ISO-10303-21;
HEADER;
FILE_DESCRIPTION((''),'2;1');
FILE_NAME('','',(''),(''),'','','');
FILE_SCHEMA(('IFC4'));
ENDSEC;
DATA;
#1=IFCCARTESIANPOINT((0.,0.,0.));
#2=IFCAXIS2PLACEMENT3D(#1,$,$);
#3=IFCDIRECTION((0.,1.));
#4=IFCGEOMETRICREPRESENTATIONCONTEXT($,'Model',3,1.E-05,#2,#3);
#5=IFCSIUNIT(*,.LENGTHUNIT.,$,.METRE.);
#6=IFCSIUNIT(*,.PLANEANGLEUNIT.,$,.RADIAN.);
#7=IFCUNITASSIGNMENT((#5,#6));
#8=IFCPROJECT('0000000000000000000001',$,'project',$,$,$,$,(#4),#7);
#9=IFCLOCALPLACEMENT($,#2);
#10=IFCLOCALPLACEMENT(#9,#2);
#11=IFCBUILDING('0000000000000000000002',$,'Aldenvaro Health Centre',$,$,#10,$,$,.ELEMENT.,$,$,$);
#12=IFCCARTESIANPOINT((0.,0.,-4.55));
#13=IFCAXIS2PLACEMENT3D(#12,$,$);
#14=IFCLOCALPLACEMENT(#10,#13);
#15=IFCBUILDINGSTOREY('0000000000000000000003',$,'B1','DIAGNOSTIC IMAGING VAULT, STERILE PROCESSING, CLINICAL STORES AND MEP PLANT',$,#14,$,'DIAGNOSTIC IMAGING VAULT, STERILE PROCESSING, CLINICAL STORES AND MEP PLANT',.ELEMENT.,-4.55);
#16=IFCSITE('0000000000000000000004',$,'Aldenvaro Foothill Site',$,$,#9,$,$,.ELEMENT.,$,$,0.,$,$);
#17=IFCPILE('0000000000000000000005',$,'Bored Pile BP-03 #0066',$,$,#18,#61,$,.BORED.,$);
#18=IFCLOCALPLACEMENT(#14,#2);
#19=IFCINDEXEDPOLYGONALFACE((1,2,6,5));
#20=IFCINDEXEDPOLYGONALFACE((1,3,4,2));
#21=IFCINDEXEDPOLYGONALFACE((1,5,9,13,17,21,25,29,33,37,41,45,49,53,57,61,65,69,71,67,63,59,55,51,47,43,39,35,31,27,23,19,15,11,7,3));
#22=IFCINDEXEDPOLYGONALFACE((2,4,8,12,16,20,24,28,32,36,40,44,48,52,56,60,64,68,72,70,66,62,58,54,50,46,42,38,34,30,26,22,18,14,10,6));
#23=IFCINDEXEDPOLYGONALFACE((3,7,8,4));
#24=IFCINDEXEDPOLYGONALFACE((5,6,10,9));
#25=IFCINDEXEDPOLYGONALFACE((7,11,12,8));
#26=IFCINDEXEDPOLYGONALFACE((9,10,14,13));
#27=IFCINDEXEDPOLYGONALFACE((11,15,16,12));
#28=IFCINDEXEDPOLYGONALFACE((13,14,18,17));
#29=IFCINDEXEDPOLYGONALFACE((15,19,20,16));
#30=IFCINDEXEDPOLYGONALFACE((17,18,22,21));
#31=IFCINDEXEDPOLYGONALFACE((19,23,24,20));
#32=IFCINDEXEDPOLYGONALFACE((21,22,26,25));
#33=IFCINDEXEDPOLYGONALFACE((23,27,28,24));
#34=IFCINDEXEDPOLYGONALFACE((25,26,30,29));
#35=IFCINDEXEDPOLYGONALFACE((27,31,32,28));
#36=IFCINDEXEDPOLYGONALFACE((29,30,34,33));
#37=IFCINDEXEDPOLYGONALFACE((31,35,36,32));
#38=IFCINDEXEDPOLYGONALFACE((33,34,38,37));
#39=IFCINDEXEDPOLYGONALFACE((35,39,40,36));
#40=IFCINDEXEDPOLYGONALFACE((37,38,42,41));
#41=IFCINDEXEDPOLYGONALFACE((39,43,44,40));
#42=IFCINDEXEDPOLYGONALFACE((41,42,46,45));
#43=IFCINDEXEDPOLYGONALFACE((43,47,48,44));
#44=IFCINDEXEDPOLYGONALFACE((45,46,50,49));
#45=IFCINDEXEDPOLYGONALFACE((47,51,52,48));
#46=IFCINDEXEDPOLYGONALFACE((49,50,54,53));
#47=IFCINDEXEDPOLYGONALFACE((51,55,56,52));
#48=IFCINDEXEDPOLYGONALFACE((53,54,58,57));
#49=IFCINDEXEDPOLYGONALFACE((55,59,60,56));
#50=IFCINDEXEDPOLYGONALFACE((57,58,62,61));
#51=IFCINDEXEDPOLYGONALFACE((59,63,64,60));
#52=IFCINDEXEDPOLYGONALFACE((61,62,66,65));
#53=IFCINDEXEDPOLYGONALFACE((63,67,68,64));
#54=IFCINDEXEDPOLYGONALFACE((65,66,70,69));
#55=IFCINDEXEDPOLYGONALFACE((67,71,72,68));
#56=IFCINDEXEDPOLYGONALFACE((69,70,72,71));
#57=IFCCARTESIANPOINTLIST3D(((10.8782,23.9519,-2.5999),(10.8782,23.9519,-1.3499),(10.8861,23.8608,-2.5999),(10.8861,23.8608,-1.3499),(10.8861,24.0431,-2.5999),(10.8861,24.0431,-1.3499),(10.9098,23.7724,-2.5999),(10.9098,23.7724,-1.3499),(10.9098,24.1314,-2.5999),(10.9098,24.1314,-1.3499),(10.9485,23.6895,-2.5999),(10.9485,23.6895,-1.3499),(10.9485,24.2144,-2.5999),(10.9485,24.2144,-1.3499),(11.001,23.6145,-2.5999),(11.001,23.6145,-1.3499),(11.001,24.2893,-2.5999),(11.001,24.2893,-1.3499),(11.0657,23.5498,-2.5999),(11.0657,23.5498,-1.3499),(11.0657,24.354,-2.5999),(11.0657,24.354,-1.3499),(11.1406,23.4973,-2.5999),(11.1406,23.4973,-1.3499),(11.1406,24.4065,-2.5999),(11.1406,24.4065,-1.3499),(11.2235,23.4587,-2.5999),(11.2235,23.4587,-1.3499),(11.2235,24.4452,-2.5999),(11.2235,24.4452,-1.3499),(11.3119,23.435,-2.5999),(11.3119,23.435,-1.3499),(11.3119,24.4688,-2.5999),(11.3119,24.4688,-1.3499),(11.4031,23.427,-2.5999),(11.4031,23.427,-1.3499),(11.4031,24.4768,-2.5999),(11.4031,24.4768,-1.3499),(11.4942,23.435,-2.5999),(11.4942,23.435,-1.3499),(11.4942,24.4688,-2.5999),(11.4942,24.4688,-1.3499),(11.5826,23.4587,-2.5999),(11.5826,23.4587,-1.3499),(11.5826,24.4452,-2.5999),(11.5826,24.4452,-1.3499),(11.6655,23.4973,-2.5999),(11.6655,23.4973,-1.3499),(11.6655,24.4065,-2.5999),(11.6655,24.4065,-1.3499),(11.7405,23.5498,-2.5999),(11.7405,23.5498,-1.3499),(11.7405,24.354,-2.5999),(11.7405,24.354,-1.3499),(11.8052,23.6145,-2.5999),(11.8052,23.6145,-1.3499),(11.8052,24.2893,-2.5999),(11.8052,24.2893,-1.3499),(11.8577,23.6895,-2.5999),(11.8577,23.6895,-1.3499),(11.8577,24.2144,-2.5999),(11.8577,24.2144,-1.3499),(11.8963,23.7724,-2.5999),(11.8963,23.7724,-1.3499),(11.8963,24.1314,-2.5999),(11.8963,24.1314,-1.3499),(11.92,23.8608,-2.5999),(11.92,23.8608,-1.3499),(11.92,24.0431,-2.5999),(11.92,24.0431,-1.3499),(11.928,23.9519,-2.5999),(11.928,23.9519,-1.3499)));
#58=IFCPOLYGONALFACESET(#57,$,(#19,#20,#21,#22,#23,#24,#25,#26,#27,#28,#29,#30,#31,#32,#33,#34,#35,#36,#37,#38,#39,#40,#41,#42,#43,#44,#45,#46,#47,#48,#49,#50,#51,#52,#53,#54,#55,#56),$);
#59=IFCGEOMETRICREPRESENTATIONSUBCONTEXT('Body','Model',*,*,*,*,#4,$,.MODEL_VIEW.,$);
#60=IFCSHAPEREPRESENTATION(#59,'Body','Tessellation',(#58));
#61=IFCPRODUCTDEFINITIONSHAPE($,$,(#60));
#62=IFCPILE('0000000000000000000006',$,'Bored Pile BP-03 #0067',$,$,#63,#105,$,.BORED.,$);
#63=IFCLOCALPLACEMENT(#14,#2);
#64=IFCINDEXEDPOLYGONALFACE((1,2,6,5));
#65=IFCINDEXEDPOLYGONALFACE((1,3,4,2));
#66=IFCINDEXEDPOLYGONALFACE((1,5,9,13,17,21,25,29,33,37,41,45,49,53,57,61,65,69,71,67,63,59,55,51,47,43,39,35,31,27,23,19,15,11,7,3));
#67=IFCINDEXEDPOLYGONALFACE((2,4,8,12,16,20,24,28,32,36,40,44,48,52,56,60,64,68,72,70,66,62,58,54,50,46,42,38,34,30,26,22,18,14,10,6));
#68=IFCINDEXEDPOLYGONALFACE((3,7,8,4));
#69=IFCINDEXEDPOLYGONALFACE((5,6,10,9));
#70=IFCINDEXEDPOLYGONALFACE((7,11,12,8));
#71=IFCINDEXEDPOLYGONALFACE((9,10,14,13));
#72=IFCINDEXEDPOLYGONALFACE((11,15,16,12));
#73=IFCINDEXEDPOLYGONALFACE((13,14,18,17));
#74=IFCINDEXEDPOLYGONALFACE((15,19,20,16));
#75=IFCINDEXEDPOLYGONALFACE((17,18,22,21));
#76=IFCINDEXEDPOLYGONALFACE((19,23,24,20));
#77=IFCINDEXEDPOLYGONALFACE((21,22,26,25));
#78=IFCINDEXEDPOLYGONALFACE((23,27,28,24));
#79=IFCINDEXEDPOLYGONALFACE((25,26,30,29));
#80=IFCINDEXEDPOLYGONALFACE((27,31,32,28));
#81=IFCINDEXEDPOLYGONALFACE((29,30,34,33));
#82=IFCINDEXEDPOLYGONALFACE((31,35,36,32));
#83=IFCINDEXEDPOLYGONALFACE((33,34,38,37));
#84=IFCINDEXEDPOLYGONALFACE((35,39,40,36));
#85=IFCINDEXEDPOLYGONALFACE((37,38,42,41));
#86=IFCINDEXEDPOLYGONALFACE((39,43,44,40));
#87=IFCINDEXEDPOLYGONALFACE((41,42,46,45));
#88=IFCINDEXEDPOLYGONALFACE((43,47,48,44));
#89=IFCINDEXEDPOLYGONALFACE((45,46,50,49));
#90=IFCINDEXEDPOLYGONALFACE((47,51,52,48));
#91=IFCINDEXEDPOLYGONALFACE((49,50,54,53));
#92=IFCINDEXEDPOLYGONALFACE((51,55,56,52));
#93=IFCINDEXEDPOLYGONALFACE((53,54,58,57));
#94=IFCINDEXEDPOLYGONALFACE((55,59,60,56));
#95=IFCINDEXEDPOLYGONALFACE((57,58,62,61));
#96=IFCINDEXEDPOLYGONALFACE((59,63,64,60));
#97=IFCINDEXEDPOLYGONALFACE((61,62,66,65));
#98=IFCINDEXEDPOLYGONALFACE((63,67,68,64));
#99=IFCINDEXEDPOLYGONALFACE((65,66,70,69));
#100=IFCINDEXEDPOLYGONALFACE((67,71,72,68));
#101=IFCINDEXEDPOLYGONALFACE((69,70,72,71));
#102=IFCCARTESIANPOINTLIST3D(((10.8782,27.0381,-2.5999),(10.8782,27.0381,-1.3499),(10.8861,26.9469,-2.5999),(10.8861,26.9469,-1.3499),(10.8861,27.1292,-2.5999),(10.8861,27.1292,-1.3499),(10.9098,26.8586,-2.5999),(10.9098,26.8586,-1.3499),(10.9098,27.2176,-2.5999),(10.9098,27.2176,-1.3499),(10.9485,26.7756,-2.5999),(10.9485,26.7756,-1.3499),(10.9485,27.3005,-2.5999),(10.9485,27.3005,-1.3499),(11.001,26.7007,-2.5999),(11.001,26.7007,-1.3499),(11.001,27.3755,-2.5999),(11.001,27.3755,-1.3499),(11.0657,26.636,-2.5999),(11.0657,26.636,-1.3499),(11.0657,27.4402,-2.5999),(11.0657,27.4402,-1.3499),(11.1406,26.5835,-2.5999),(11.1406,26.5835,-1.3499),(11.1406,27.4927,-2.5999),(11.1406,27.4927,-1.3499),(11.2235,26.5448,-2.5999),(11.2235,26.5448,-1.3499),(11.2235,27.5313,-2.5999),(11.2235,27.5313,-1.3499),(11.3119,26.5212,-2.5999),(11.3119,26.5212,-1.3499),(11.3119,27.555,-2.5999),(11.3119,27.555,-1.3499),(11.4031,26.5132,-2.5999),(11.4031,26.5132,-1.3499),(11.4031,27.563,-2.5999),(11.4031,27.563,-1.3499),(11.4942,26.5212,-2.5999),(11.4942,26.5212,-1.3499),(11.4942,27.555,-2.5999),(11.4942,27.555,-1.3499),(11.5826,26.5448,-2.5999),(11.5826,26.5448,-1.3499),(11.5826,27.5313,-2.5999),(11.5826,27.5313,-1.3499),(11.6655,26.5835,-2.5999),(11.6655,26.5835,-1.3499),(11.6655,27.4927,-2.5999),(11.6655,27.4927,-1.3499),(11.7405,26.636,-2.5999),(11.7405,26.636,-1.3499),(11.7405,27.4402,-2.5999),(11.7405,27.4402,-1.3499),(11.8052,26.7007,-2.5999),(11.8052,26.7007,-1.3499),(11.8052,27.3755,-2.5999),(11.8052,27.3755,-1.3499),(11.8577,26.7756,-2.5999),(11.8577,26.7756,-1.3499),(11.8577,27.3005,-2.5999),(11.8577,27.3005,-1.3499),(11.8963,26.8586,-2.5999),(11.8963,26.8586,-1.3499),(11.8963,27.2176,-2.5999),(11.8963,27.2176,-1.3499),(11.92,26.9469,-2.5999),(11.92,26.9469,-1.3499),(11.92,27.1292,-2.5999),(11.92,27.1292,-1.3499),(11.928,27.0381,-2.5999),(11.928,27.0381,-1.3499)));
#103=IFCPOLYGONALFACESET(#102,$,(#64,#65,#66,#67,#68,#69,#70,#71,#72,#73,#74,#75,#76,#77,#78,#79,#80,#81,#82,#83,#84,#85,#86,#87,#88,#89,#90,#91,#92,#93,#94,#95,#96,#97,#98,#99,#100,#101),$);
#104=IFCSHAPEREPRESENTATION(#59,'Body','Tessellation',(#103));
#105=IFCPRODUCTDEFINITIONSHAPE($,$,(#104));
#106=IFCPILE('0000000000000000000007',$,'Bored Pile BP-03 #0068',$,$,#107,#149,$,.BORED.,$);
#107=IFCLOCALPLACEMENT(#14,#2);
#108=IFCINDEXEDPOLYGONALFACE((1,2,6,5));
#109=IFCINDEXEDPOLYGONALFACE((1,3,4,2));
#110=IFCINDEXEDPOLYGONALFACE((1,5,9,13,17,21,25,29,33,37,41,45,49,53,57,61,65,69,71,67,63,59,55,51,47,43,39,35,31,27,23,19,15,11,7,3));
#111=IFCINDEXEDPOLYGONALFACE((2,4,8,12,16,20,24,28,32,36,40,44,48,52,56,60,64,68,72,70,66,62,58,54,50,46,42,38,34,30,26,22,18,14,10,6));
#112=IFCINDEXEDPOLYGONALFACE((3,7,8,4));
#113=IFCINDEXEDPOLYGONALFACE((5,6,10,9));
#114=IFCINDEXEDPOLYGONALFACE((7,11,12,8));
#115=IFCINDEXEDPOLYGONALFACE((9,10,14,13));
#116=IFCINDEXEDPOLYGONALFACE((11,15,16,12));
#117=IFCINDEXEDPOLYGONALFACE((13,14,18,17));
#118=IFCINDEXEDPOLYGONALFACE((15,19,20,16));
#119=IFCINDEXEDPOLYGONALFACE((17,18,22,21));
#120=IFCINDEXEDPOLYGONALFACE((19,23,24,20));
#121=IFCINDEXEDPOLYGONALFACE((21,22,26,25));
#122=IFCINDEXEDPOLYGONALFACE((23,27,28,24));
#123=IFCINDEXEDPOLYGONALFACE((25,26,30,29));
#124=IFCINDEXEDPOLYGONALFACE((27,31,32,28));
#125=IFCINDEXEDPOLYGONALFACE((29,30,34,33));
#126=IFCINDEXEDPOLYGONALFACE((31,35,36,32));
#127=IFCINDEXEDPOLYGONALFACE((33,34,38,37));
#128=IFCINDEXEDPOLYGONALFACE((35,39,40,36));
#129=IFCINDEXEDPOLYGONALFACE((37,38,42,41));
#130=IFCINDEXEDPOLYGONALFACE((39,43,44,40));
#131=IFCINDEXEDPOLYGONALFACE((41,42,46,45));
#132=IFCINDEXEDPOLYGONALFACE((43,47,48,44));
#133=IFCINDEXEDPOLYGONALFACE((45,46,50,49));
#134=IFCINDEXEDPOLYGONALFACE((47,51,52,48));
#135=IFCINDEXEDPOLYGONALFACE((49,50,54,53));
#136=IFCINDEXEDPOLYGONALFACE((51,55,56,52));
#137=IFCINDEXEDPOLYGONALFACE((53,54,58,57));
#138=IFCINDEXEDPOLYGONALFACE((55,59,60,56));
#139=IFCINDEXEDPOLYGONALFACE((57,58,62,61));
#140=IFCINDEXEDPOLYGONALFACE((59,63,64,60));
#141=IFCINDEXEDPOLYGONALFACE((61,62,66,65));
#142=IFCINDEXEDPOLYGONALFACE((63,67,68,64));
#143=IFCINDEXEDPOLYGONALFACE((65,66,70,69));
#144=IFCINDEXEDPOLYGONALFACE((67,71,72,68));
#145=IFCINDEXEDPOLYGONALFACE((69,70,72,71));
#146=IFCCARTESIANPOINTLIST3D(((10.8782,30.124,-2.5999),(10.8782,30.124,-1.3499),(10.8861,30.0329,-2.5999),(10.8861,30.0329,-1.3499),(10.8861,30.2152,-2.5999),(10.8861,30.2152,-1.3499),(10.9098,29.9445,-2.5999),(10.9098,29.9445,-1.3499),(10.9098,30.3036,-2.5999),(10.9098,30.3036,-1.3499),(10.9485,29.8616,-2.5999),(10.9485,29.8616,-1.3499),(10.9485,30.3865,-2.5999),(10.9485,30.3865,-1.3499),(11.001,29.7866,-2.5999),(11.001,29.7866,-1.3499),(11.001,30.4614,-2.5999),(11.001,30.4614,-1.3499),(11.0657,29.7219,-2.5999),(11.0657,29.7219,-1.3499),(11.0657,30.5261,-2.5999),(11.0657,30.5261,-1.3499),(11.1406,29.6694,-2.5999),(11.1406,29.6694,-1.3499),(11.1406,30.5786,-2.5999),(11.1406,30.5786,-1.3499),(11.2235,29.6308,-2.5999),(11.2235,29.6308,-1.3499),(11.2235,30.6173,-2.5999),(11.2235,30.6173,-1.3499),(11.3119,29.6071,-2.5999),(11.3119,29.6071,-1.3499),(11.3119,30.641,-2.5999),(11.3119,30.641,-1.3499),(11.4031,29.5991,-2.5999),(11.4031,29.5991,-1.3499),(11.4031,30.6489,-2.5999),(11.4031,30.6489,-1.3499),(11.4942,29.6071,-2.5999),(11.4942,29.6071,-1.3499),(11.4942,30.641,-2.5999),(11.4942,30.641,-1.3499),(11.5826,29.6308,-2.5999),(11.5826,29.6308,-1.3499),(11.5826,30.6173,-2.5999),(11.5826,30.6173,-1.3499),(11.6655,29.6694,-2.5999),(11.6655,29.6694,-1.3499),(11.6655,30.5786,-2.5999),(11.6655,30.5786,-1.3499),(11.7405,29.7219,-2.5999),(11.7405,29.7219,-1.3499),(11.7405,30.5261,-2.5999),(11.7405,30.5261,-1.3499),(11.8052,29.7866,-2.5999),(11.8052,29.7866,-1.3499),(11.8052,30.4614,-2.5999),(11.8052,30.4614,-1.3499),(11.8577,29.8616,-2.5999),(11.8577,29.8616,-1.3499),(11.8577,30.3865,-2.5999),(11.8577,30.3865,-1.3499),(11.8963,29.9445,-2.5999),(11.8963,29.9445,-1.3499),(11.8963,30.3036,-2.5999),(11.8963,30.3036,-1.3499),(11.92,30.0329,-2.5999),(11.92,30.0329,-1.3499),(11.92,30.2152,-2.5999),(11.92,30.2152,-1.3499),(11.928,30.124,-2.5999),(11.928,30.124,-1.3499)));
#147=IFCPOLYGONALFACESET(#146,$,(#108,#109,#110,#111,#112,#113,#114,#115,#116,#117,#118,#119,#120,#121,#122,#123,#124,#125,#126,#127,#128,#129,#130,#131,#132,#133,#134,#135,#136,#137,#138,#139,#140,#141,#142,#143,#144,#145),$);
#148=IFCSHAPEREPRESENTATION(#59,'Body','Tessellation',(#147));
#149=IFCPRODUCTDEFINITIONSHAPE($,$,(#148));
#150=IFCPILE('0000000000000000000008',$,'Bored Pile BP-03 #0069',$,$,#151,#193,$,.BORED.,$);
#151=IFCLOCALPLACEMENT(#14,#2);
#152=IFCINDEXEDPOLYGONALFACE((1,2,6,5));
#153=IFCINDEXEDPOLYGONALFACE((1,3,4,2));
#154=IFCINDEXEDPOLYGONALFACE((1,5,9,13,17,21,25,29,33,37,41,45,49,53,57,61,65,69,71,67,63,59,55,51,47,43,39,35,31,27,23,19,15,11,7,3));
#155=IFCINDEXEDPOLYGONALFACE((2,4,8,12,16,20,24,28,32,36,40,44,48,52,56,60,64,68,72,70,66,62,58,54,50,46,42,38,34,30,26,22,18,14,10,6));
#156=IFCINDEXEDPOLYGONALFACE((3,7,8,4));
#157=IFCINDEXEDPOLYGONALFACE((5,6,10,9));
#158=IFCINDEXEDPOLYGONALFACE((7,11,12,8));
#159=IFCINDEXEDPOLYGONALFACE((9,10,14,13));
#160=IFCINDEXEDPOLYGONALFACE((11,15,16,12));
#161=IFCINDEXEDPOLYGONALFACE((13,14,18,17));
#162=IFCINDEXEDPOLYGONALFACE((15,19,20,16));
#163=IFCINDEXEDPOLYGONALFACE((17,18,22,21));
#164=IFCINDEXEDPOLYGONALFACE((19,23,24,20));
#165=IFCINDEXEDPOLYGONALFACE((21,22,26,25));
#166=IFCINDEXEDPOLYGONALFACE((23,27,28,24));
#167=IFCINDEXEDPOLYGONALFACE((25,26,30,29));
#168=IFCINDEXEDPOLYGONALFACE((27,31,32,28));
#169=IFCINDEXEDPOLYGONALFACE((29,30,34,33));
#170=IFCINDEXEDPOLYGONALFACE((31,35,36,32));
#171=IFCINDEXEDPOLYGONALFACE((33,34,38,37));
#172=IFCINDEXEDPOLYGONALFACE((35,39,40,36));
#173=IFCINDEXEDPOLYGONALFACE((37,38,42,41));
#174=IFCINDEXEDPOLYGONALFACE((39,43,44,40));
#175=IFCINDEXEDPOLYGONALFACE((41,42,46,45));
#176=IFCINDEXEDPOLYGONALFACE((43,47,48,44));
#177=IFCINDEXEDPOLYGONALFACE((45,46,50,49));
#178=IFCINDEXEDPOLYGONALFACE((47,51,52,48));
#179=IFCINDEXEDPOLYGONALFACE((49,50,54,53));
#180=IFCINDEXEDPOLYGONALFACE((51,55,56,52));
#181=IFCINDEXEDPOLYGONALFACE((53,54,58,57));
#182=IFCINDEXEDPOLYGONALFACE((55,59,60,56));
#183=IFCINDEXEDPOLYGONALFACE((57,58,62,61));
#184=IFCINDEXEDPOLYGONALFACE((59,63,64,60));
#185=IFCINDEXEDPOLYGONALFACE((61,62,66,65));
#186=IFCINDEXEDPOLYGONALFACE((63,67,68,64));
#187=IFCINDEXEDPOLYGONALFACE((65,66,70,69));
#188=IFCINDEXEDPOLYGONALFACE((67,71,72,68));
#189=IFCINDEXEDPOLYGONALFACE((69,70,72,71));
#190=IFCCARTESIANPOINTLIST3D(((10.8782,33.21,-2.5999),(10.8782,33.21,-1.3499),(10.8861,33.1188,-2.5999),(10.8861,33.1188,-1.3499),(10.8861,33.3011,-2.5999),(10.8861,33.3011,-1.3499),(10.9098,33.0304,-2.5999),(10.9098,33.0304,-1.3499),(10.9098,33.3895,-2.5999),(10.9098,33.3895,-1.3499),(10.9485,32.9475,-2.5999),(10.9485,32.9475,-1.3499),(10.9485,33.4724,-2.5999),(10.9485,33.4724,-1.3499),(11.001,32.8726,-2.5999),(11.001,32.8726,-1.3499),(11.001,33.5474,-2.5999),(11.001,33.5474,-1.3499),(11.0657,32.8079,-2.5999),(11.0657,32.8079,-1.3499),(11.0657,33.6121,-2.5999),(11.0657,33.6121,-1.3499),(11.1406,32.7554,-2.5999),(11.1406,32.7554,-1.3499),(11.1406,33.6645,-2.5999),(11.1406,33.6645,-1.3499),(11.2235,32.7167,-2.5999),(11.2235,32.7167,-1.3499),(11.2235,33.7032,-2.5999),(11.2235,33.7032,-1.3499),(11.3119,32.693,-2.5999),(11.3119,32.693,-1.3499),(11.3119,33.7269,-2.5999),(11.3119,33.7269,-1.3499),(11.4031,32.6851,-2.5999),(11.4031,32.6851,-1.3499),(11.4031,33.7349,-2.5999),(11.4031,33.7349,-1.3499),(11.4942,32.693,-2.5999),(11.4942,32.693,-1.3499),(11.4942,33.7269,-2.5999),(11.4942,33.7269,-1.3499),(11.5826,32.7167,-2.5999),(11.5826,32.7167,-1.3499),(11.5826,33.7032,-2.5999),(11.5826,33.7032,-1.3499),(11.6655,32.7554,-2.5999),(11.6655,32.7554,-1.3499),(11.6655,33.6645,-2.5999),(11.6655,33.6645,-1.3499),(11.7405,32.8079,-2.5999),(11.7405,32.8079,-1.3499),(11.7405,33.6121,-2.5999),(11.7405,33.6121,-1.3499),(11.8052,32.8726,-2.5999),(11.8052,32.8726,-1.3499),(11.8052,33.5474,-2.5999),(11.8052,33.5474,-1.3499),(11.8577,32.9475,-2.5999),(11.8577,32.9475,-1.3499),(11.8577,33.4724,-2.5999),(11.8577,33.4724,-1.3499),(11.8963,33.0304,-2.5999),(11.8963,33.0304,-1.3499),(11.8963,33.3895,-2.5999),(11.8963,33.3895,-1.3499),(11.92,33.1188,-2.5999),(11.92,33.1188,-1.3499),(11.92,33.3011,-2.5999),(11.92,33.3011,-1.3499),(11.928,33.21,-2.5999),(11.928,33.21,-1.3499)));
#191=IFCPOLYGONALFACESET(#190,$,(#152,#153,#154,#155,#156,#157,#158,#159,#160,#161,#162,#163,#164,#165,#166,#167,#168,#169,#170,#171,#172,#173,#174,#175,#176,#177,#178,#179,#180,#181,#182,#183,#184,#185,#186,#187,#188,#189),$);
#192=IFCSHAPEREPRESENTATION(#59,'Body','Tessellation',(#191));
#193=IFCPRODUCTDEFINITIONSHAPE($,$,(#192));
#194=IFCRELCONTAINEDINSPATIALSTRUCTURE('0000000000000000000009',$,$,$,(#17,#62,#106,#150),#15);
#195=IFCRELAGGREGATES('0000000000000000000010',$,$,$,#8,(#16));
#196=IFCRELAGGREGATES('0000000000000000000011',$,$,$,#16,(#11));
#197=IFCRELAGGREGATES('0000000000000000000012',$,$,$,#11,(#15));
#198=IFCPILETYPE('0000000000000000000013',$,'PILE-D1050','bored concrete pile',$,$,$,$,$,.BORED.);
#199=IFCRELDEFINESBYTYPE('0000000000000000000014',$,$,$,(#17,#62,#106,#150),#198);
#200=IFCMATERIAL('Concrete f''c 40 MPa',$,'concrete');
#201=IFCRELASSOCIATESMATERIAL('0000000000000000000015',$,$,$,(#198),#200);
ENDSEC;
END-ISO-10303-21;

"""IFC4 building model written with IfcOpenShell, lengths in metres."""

from ifc_helpers import new_model, si_unit, direction, frame, origin, origin_2d, place, context, subcontext, project, spatial, circle, extrude, material, material_profile, profile_set, type_object, element, save


model = new_model("IFC4")

# Units and contexts
model_context = context("Model", 3, precision=1e-05, world=origin(), true_north=direction((0.0, 1.0)))
body_context = subcontext(model_context, "Body", "Model", "MODEL_VIEW")
ifc_project = project(units=[si_unit("LENGTHUNIT", "METRE"), si_unit("PLANEANGLEUNIT", "RADIAN")], contexts=[model_context])

# Site, building, storey
site_placement = place(None, origin())
site = spatial("IfcSite", under=ifc_project, at=site_placement, Name="Aldenvaro Foothill Site", CompositionType="ELEMENT", RefElevation=0.0)
building_placement = place(site_placement, origin())
building = spatial("IfcBuilding", under=site, at=building_placement, Name="Aldenvaro Health Centre", CompositionType="ELEMENT")
storey_placement = place(building_placement, frame((0.0, 0.0, -4.55)))
storey = spatial("IfcBuildingStorey", under=building, at=storey_placement, Name="B1", Description="DIAGNOSTIC IMAGING VAULT, STERILE PROCESSING, CLINICAL STORES AND MEP PLANT", LongName="DIAGNOSTIC IMAGING VAULT, STERILE PROCESSING, CLINICAL STORES AND MEP PLANT", CompositionType="ELEMENT", Elevation=-4.55)

# Piles
ifc_material_1 = material(Name="Concrete f'c 40 MPa", Category="concrete")
ifc_material_profile_1 = material_profile(ifc_material_1, circle(Radius=0.5249, at=origin_2d()), Name="PILE D1050", Category="concrete")
ifc_profile_set_1 = profile_set([ifc_material_profile_1], Name="Concrete f'c 40 MPa")
pile_type = type_object("IfcPileType", Name="PILE-D1050", Description="bored concrete pile", PredefinedType="BORED", material=ifc_profile_set_1)
for number, where, z_axis, x_axis, name in (
    (1, (11.4031, 23.9519, -1.3499), (0.0, 0.0, -1.0), (1.0, 0.0, 0.0), "Bored Pile BP-03 #0066"),
    (2, (11.4031, 27.0381, -1.3499), (0.0, 0.0, -1.0), (1.0, 0.0, 0.0), "Bored Pile BP-03 #0067"),
    (3, (11.4031, 30.124, -1.3499), (0.0, 0.0, -1.0), (1.0, 0.0, 0.0), "Bored Pile BP-03 #0068"),
    (4, (11.4031, 33.21, -1.3499), (0.0, 0.0, -1.0), (1.0, 0.0, 0.0), "Bored Pile BP-03 #0069"),
):
    element("IfcPile", number, at=place(storey_placement, frame(where, z_axis=z_axis, x_axis=x_axis)), inside=storey, type_object=pile_type, Name=name, PredefinedType="BORED", context=body_context, shape_type="SweptSolid", body=[
        extrude(circle(Radius=0.5249, at=origin_2d()), origin(), (0.0, 0.0, 1.0), 1.25),
    ])

save(model, "model.ifc")
